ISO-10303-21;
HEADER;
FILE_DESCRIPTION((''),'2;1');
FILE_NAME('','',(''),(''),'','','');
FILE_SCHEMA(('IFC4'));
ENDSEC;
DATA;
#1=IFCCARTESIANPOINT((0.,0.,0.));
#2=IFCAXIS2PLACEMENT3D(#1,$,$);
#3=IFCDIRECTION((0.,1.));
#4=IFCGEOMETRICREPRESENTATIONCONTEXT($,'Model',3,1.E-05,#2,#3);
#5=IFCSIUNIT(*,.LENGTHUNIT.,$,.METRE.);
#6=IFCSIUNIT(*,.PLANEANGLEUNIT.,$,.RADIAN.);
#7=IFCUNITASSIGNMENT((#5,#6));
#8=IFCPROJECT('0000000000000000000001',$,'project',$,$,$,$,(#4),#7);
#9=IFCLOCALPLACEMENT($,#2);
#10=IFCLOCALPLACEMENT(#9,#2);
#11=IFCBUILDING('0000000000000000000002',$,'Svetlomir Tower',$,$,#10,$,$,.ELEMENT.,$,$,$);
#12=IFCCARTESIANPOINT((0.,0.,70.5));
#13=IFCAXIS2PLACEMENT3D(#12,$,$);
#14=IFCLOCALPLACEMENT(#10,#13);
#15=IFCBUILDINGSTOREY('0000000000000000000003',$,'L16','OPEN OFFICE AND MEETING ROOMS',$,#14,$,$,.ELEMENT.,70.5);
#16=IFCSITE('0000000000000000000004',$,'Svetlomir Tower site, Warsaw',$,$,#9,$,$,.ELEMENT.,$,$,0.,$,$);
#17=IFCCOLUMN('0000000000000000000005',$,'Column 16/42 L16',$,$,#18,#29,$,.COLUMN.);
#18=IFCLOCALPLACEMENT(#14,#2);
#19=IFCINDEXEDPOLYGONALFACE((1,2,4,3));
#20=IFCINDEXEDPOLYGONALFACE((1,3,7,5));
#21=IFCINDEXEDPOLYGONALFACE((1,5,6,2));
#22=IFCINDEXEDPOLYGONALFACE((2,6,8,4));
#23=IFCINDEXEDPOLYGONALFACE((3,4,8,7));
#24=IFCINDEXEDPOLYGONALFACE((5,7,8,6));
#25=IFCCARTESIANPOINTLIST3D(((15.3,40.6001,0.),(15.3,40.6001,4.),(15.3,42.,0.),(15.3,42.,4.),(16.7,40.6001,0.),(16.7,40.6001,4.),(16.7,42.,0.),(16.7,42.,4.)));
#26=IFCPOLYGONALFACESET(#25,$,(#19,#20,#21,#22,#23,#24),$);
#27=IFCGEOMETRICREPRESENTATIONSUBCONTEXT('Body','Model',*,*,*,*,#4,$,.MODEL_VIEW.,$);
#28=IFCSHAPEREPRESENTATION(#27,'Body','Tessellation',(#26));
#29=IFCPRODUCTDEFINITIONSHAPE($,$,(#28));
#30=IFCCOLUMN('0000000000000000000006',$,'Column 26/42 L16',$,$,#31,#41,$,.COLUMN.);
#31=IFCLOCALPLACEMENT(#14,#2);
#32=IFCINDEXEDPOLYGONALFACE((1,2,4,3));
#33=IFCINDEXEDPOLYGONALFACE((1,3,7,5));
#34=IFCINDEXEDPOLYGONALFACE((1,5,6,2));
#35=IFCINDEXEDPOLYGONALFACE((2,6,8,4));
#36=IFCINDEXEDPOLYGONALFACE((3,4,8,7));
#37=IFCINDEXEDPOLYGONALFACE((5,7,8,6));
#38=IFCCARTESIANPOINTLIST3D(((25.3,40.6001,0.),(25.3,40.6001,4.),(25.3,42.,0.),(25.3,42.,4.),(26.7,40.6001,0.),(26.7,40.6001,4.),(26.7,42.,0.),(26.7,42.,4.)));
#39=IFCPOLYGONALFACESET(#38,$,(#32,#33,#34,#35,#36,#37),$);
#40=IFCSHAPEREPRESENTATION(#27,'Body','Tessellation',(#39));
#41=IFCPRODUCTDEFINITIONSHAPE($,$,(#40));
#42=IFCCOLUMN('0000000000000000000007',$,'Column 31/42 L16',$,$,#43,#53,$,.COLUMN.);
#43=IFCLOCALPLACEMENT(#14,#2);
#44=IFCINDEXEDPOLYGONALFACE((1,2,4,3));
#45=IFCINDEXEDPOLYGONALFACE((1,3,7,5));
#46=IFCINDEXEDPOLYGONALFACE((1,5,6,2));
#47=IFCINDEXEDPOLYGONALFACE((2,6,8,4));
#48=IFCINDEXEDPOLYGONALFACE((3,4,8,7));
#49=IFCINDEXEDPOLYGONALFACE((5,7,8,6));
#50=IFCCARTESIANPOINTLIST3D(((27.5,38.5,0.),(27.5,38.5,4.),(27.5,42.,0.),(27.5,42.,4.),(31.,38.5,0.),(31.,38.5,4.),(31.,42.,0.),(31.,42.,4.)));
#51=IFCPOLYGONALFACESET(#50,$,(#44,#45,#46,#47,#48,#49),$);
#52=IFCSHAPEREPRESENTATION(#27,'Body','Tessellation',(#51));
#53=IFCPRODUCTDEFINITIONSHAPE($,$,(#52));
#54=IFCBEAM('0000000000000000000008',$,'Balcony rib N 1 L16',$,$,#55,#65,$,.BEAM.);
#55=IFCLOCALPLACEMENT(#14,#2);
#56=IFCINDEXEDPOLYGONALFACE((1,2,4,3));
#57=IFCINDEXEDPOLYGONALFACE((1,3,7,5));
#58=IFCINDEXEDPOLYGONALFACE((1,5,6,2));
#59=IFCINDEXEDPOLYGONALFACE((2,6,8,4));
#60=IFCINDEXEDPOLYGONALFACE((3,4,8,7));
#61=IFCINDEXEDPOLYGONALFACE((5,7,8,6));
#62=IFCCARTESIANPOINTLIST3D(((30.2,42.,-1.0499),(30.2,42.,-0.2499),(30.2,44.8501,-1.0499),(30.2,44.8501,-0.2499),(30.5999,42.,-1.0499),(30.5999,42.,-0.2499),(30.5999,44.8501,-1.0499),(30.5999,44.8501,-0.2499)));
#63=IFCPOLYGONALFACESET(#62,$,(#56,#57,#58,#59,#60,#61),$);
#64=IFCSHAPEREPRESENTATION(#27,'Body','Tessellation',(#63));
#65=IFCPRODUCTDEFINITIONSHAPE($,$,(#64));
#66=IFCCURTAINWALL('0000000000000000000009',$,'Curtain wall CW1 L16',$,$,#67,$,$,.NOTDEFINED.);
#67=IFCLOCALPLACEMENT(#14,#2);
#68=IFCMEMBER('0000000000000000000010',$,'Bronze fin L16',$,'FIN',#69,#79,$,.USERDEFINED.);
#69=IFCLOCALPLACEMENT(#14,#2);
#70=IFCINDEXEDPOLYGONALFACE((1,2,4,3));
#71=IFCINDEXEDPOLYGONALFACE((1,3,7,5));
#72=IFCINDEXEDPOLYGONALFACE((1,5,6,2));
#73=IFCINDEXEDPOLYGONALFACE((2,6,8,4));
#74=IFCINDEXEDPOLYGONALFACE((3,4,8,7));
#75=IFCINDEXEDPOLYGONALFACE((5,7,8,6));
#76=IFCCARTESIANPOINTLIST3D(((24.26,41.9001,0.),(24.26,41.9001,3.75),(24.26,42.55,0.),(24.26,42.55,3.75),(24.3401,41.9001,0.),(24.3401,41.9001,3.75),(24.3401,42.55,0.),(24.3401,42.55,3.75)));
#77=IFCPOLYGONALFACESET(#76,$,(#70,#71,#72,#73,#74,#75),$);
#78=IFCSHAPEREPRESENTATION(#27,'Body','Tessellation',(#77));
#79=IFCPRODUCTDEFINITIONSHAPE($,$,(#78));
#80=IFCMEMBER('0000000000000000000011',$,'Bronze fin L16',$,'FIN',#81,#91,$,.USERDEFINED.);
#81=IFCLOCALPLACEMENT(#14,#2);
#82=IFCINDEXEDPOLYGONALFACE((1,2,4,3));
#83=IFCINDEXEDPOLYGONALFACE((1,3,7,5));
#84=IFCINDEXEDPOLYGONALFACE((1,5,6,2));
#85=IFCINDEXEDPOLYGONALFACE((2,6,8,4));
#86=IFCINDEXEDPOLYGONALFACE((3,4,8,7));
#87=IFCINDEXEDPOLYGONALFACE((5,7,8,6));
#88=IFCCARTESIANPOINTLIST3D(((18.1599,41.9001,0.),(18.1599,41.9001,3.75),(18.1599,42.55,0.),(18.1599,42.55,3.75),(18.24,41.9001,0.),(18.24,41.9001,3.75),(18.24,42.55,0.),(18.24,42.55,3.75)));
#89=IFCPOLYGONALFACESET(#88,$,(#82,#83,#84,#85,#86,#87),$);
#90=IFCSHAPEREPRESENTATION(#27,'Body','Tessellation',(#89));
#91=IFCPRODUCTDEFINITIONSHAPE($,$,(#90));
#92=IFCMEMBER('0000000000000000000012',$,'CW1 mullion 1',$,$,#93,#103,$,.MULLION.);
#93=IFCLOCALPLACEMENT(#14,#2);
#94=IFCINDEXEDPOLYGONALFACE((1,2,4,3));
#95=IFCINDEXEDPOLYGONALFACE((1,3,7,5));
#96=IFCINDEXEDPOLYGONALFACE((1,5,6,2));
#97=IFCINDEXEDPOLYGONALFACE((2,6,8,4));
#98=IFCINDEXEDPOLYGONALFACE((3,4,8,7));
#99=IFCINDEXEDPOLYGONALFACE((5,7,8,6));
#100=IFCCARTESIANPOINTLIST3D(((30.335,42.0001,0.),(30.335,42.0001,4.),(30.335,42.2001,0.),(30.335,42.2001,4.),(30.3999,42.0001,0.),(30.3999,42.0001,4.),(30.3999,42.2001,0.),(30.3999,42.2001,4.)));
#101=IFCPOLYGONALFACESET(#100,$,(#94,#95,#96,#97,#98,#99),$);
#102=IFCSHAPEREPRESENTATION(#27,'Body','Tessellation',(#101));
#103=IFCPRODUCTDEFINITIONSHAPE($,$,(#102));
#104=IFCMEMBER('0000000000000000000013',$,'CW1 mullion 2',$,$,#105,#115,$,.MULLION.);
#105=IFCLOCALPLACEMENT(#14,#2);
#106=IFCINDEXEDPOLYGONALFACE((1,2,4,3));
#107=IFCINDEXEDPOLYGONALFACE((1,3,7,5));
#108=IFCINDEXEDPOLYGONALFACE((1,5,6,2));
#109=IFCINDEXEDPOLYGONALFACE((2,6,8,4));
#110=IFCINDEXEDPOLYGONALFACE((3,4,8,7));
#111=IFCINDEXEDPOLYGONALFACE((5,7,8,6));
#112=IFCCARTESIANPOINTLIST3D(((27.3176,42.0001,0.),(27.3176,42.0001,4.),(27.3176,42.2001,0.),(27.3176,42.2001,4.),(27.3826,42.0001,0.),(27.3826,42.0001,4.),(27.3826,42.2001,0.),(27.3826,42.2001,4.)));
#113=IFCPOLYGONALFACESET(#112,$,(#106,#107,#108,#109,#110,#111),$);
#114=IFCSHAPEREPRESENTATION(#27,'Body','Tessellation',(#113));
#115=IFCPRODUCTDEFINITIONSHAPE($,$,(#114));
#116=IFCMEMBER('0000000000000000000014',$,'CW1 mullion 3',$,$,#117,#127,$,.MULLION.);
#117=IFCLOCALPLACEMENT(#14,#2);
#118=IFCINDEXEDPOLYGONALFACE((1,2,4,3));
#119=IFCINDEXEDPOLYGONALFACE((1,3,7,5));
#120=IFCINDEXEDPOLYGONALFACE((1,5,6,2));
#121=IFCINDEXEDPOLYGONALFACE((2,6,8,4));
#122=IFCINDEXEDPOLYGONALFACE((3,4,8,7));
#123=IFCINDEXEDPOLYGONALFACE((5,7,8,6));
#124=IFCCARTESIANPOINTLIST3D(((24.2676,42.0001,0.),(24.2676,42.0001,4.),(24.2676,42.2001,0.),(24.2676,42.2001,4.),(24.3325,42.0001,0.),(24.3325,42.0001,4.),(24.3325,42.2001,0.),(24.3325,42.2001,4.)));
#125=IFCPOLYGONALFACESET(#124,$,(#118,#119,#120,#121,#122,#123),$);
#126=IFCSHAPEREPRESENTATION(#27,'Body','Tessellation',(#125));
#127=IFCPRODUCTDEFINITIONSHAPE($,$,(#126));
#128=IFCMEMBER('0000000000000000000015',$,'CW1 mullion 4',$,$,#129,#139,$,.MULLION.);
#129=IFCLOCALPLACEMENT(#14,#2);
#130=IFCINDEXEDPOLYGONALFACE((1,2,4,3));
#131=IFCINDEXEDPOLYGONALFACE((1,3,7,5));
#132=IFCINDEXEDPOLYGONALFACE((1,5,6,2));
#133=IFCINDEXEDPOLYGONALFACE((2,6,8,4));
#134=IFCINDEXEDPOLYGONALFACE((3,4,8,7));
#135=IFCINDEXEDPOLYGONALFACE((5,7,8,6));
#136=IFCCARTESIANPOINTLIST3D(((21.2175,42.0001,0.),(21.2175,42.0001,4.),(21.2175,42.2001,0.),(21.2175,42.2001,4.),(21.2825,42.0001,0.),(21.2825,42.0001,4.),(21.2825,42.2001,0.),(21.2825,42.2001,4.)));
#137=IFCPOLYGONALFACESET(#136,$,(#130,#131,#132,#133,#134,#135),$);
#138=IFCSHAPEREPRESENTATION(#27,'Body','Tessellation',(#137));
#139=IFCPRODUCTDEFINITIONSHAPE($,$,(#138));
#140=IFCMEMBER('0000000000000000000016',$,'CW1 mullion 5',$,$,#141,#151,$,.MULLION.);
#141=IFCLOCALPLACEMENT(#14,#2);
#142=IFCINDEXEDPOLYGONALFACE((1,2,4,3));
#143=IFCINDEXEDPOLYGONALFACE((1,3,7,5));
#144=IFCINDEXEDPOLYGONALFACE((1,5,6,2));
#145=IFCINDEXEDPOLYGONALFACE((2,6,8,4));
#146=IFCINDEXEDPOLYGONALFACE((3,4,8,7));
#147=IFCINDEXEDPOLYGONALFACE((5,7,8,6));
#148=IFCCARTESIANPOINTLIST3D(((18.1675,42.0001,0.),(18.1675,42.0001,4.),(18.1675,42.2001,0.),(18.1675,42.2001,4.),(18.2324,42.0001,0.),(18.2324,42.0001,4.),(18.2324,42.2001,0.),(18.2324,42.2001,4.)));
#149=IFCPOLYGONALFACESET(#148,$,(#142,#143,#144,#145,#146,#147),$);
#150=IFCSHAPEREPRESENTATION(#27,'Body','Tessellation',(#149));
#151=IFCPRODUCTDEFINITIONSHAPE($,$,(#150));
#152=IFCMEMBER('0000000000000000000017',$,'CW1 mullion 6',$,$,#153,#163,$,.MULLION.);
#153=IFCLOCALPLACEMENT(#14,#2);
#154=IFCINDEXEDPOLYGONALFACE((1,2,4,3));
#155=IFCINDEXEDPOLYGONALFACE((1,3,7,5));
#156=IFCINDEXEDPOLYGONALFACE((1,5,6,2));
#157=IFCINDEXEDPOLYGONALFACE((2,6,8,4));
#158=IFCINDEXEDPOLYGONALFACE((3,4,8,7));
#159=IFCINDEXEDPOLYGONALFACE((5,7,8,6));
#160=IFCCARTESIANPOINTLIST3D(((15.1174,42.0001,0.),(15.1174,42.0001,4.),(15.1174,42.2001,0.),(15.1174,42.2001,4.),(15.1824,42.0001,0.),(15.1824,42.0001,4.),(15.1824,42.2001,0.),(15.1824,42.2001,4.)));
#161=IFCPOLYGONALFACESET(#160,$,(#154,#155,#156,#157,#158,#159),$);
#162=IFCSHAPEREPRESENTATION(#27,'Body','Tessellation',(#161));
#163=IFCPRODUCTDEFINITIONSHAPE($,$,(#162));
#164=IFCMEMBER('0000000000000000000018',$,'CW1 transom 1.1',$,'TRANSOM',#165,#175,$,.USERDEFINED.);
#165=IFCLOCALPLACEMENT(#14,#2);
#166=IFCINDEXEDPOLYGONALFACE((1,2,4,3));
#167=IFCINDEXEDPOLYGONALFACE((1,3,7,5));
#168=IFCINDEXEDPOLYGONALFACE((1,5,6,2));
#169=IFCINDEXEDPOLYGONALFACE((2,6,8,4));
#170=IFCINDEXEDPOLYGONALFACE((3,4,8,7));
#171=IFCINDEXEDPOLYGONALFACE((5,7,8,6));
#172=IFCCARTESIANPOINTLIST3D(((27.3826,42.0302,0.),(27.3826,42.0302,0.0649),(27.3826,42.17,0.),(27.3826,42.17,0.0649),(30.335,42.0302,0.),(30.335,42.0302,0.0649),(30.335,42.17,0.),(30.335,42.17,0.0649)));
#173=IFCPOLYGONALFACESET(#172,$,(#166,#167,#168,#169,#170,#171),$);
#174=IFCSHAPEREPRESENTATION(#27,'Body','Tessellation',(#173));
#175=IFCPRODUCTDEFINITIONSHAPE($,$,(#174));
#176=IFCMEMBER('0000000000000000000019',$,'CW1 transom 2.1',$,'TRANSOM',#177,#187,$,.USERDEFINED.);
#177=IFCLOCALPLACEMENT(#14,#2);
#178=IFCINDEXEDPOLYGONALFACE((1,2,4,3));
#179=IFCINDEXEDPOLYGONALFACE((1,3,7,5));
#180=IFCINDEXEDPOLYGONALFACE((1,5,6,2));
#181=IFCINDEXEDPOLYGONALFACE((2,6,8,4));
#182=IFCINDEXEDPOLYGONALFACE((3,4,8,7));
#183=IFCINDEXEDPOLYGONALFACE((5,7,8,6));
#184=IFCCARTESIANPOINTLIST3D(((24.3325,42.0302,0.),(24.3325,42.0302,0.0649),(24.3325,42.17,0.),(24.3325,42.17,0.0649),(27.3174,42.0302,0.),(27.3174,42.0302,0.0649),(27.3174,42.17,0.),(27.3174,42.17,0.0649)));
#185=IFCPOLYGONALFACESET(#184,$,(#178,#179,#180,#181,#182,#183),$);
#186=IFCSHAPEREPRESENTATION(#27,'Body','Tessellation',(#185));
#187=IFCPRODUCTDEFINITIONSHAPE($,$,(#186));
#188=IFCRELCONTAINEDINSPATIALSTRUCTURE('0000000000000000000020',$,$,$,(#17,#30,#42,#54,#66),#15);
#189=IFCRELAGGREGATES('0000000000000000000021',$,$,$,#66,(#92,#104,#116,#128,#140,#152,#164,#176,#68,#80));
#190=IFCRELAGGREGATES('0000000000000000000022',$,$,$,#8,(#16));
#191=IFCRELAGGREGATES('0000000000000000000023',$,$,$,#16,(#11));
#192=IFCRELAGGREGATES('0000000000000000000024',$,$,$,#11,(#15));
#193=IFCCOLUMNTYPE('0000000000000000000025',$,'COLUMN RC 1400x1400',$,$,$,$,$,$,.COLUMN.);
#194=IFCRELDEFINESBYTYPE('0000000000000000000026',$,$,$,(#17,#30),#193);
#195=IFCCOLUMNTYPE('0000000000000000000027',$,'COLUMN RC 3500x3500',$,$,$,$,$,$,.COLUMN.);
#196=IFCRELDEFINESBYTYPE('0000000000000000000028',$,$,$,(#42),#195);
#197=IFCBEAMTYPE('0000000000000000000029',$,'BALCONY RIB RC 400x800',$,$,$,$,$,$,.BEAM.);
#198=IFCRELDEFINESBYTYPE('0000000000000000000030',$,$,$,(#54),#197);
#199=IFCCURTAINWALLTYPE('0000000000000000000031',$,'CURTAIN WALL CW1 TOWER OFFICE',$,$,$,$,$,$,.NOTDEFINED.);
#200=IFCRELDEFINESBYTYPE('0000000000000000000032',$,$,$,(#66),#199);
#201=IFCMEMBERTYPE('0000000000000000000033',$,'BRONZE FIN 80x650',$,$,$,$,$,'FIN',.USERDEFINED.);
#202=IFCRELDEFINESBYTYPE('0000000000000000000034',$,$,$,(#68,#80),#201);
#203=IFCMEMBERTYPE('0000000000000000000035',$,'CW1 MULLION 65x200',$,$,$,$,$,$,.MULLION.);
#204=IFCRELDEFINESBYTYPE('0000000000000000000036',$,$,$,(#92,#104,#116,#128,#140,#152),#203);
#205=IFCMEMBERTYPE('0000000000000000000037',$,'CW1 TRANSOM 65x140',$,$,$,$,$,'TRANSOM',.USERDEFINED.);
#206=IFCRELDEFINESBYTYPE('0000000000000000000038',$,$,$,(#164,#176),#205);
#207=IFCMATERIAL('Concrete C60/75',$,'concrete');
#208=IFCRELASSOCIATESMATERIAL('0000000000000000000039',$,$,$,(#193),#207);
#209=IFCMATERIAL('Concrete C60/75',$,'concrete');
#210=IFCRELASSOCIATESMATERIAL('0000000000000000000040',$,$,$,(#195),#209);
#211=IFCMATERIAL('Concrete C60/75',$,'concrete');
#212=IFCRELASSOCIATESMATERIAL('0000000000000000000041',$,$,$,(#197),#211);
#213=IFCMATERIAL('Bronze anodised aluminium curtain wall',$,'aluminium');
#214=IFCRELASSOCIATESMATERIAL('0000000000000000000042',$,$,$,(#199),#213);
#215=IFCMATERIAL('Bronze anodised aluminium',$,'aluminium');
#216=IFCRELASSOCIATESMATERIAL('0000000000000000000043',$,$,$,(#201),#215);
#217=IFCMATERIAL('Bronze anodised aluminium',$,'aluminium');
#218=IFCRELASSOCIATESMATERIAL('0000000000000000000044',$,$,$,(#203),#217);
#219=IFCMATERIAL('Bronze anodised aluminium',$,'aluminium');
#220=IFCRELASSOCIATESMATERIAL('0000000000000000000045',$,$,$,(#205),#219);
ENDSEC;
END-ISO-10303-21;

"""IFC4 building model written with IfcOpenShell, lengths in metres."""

from ifc_helpers import new_model, si_unit, direction, frame, origin, origin_2d, place, context, subcontext, project, spatial, rectangle, extrude, material, material_profile, profile_set, type_object, element, aggregate, save


model = new_model("IFC4")

# Units and contexts
model_context = context("Model", 3, precision=1e-05, world=origin(), true_north=direction((0.0, 1.0)))
body_context = subcontext(model_context, "Body", "Model", "MODEL_VIEW")
ifc_project = project(units=[si_unit("LENGTHUNIT", "METRE"), si_unit("PLANEANGLEUNIT", "RADIAN")], contexts=[model_context])

# Site, building, storey
site_placement = place(None, origin())
site = spatial("IfcSite", under=ifc_project, at=site_placement, Name="Svetlomir Tower site, Warsaw", CompositionType="ELEMENT", RefElevation=0.0)
building_placement = place(site_placement, origin())
building = spatial("IfcBuilding", under=site, at=building_placement, Name="Svetlomir Tower", CompositionType="ELEMENT")
storey_placement = place(building_placement, frame((0.0, 0.0, 70.5)))
storey = spatial("IfcBuildingStorey", under=building, at=storey_placement, Name="L16", Description="OPEN OFFICE AND MEETING ROOMS", CompositionType="ELEMENT", Elevation=70.5)

# Columns
ifc_material_1 = material(Name="Concrete C60/75", Category="concrete")
ifc_material_profile_1 = material_profile(ifc_material_1, rectangle(XDim=1.3999, YDim=1.3999, at=origin_2d()), Name="RC 1400x1400")
ifc_profile_set_1 = profile_set([ifc_material_profile_1], Name="Concrete C60/75")
column_type_1 = type_object("IfcColumnType", Name="COLUMN RC 1400x1400", PredefinedType="COLUMN", material=ifc_profile_set_1)
for number, where, z_axis, x_axis, name in (
    (1, (16.0, 41.3, 0.0), (0.0, 0.0, 1.0), (1.0, 0.0, 0.0), "Column 16/42 L16"),
    (2, (26.0, 41.3, 0.0), (0.0, 0.0, 1.0), (1.0, 0.0, 0.0), "Column 26/42 L16"),
):
    element("IfcColumn", number, at=place(storey_placement, frame(where, z_axis=z_axis, x_axis=x_axis)), inside=storey, type_object=column_type_1, Name=name, PredefinedType="COLUMN", context=body_context, shape_type="SweptSolid", body=[
        extrude(rectangle(XDim=1.3999, YDim=1.3999, at=origin_2d()), origin(), (0.0, 0.0, 1.0), 4.0),
    ])
ifc_material_2 = material(Name="Concrete C60/75", Category="concrete")
ifc_material_profile_2 = material_profile(ifc_material_2, rectangle(XDim=3.5, YDim=3.5, at=origin_2d()), Name="RC 3500x3500")
ifc_profile_set_2 = profile_set([ifc_material_profile_2], Name="Concrete C60/75")
column_type_2 = type_object("IfcColumnType", Name="COLUMN RC 3500x3500", PredefinedType="COLUMN", material=ifc_profile_set_2)
column_placement = place(storey_placement, frame((29.25, 40.25, 0.0), z_axis=(0.0, 0.0, 1.0), x_axis=(1.0, 0.0, 0.0)))
element("IfcColumn", 3, at=column_placement, inside=storey, type_object=column_type_2, Name="Column 31/42 L16", PredefinedType="COLUMN", context=body_context, shape_type="SweptSolid", body=[
    extrude(rectangle(XDim=3.5, YDim=3.5, at=origin_2d()), origin(), (0.0, 0.0, 1.0), 4.0),
])

# Beam
ifc_material_3 = material(Name="Concrete C60/75", Category="concrete")
ifc_material_profile_3 = material_profile(ifc_material_3, rectangle(XDim=0.3999, YDim=0.8, at=origin_2d()), Name="RC 400x800")
ifc_profile_set_3 = profile_set([ifc_material_profile_3], Name="Concrete C60/75")
beam_type_1 = type_object("IfcBeamType", Name="BALCONY RIB RC 400x800", PredefinedType="BEAM", material=ifc_profile_set_3)
beam_1_placement = place(storey_placement, frame((30.3999, 42.0, -0.6499), z_axis=(0.0, 1.0, 0.0), x_axis=(-1.0, 0.0, 0.0)))
element("IfcBeam", 4, at=beam_1_placement, inside=storey, type_object=beam_type_1, Name="Balcony rib N 1 L16", PredefinedType="BEAM", context=body_context, shape_type="SweptSolid", body=[
    extrude(rectangle(XDim=0.3999, YDim=0.8, at=origin_2d()), origin(), (0.0, 0.0, 1.0), 2.8501),
])

# Curtain wall, members
ifc_material_4 = material(Name="Bronze anodised aluminium curtain wall", Category="aluminium")
curtain_wall_type = type_object("IfcCurtainWallType", Name="CURTAIN WALL CW1 TOWER OFFICE", PredefinedType="NOTDEFINED", material=ifc_material_4)
curtain_wall_placement = place(storey_placement, origin())
curtain_wall = element("IfcCurtainWall", 5, at=curtain_wall_placement, inside=storey, type_object=curtain_wall_type, Name="Curtain wall CW1 L16", PredefinedType="NOTDEFINED")
ifc_material_5 = material(Name="Bronze anodised aluminium", Category="aluminium")
ifc_material_profile_4 = material_profile(ifc_material_5, rectangle(XDim=0.0801, YDim=0.6499, at=origin_2d()), Name="FIN 80x650")
ifc_profile_set_4 = profile_set([ifc_material_profile_4], Name="Bronze anodised aluminium 6063-T6")
member_type_1 = type_object("IfcMemberType", Name="BRONZE FIN 80x650", ElementType="FIN", PredefinedType="USERDEFINED", material=ifc_profile_set_4)
member_1_placement = place(storey_placement, frame((24.3, 42.2251, 0.0), z_axis=(0.0, 0.0, 1.0), x_axis=(1.0, 0.0, 0.0)))
member_1 = element("IfcMember", 6, at=member_1_placement, type_object=member_type_1, Name="Bronze fin L16", ObjectType="FIN", PredefinedType="USERDEFINED", context=body_context, shape_type="SweptSolid", body=[
    extrude(rectangle(XDim=0.0801, YDim=0.6499, at=origin_2d()), origin(), (0.0, 0.0, 1.0), 3.75),
])
member_2_placement = place(storey_placement, frame((18.2, 42.2251, 0.0), z_axis=(0.0, 0.0, 1.0), x_axis=(1.0, 0.0, 0.0)))
member_2 = element("IfcMember", 7, at=member_2_placement, type_object=member_type_1, Name="Bronze fin L16", ObjectType="FIN", PredefinedType="USERDEFINED", context=body_context, shape_type="SweptSolid", body=[
    extrude(rectangle(XDim=0.0801, YDim=0.6499, at=origin_2d()), origin(), (0.0, 0.0, 1.0), 3.75),
])
ifc_material_6 = material(Name="Bronze anodised aluminium", Category="aluminium")
ifc_material_profile_5 = material_profile(ifc_material_6, rectangle(XDim=0.0649, YDim=0.2, at=origin_2d()), Name="AL 65x200")
ifc_profile_set_5 = profile_set([ifc_material_profile_5], Name="Bronze anodised aluminium 6063-T6")
member_type_2 = type_object("IfcMemberType", Name="CW1 MULLION 65x200", PredefinedType="MULLION", material=ifc_profile_set_5)
member_3_placement = place(storey_placement, frame((30.3674, 42.1001, 0.0), z_axis=(0.0, 0.0, 1.0), x_axis=(-1.0, 0.0, 0.0)))
member_3 = element("IfcMember", 8, at=member_3_placement, type_object=member_type_2, Name="CW1 mullion 1", PredefinedType="MULLION", context=body_context, shape_type="SweptSolid", body=[
    extrude(rectangle(XDim=0.0649, YDim=0.2, at=origin_2d()), origin(), (0.0, 0.0, 1.0), 4.0),
])
member_4_placement = place(storey_placement, frame((27.3501, 42.1001, 0.0), z_axis=(0.0, 0.0, 1.0), x_axis=(-1.0, 0.0, 0.0)))
member_4 = element("IfcMember", 9, at=member_4_placement, type_object=member_type_2, Name="CW1 mullion 2", PredefinedType="MULLION", context=body_context, shape_type="SweptSolid", body=[
    extrude(rectangle(XDim=0.0649, YDim=0.2, at=origin_2d()), origin(), (0.0, 0.0, 1.0), 4.0),
])
member_5_placement = place(storey_placement, frame((24.3, 42.1001, 0.0), z_axis=(0.0, 0.0, 1.0), x_axis=(-1.0, 0.0, 0.0)))
member_5 = element("IfcMember", 10, at=member_5_placement, type_object=member_type_2, Name="CW1 mullion 3", PredefinedType="MULLION", context=body_context, shape_type="SweptSolid", body=[
    extrude(rectangle(XDim=0.0649, YDim=0.2, at=origin_2d()), origin(), (0.0, 0.0, 1.0), 4.0),
])
member_6_placement = place(storey_placement, frame((21.25, 42.1001, 0.0), z_axis=(0.0, 0.0, 1.0), x_axis=(-1.0, 0.0, 0.0)))
member_6 = element("IfcMember", 11, at=member_6_placement, type_object=member_type_2, Name="CW1 mullion 4", PredefinedType="MULLION", context=body_context, shape_type="SweptSolid", body=[
    extrude(rectangle(XDim=0.0649, YDim=0.2, at=origin_2d()), origin(), (0.0, 0.0, 1.0), 4.0),
])
member_7_placement = place(storey_placement, frame((18.2, 42.1001, 0.0), z_axis=(0.0, 0.0, 1.0), x_axis=(-1.0, 0.0, 0.0)))
member_7 = element("IfcMember", 12, at=member_7_placement, type_object=member_type_2, Name="CW1 mullion 5", PredefinedType="MULLION", context=body_context, shape_type="SweptSolid", body=[
    extrude(rectangle(XDim=0.0649, YDim=0.2, at=origin_2d()), origin(), (0.0, 0.0, 1.0), 4.0),
])
member_8_placement = place(storey_placement, frame((15.1499, 42.1001, 0.0), z_axis=(0.0, 0.0, 1.0), x_axis=(-1.0, 0.0, 0.0)))
member_8 = element("IfcMember", 13, at=member_8_placement, type_object=member_type_2, Name="CW1 mullion 6", PredefinedType="MULLION", context=body_context, shape_type="SweptSolid", body=[
    extrude(rectangle(XDim=0.0649, YDim=0.2, at=origin_2d()), origin(), (0.0, 0.0, 1.0), 4.0),
])
ifc_material_7 = material(Name="Bronze anodised aluminium", Category="aluminium")
ifc_material_profile_6 = material_profile(ifc_material_7, rectangle(XDim=0.1399, YDim=0.0649, at=origin_2d()), Name="AL 140x65")
ifc_profile_set_6 = profile_set([ifc_material_profile_6], Name="Bronze anodised aluminium 6063-T6")
member_type_3 = type_object("IfcMemberType", Name="CW1 TRANSOM 65x140", ElementType="TRANSOM", PredefinedType="USERDEFINED", material=ifc_profile_set_6)
member_9_placement = place(storey_placement, frame((30.335, 42.1001, 0.0325), z_axis=(-1.0, 0.0, 0.0), x_axis=(0.0, -1.0, 0.0)))
member_9 = element("IfcMember", 14, at=member_9_placement, type_object=member_type_3, Name="CW1 transom 1.1", ObjectType="TRANSOM", PredefinedType="USERDEFINED", context=body_context, shape_type="SweptSolid", body=[
    extrude(rectangle(XDim=0.1399, YDim=0.0649, at=origin_2d()), origin(), (0.0, 0.0, 1.0), 2.9524),
])
member_10_placement = place(storey_placement, frame((27.3174, 42.1001, 0.0325), z_axis=(-1.0, 0.0, 0.0), x_axis=(0.0, -1.0, 0.0)))
member_10 = element("IfcMember", 15, at=member_10_placement, type_object=member_type_3, Name="CW1 transom 2.1", ObjectType="TRANSOM", PredefinedType="USERDEFINED", context=body_context, shape_type="SweptSolid", body=[
    extrude(rectangle(XDim=0.1399, YDim=0.0649, at=origin_2d()), origin(), (0.0, 0.0, 1.0), 2.9849),
])

aggregate(curtain_wall, [member_3, member_4, member_5, member_6, member_7, member_8, member_9, member_10, member_1, member_2])

save(model, "model.ifc")
